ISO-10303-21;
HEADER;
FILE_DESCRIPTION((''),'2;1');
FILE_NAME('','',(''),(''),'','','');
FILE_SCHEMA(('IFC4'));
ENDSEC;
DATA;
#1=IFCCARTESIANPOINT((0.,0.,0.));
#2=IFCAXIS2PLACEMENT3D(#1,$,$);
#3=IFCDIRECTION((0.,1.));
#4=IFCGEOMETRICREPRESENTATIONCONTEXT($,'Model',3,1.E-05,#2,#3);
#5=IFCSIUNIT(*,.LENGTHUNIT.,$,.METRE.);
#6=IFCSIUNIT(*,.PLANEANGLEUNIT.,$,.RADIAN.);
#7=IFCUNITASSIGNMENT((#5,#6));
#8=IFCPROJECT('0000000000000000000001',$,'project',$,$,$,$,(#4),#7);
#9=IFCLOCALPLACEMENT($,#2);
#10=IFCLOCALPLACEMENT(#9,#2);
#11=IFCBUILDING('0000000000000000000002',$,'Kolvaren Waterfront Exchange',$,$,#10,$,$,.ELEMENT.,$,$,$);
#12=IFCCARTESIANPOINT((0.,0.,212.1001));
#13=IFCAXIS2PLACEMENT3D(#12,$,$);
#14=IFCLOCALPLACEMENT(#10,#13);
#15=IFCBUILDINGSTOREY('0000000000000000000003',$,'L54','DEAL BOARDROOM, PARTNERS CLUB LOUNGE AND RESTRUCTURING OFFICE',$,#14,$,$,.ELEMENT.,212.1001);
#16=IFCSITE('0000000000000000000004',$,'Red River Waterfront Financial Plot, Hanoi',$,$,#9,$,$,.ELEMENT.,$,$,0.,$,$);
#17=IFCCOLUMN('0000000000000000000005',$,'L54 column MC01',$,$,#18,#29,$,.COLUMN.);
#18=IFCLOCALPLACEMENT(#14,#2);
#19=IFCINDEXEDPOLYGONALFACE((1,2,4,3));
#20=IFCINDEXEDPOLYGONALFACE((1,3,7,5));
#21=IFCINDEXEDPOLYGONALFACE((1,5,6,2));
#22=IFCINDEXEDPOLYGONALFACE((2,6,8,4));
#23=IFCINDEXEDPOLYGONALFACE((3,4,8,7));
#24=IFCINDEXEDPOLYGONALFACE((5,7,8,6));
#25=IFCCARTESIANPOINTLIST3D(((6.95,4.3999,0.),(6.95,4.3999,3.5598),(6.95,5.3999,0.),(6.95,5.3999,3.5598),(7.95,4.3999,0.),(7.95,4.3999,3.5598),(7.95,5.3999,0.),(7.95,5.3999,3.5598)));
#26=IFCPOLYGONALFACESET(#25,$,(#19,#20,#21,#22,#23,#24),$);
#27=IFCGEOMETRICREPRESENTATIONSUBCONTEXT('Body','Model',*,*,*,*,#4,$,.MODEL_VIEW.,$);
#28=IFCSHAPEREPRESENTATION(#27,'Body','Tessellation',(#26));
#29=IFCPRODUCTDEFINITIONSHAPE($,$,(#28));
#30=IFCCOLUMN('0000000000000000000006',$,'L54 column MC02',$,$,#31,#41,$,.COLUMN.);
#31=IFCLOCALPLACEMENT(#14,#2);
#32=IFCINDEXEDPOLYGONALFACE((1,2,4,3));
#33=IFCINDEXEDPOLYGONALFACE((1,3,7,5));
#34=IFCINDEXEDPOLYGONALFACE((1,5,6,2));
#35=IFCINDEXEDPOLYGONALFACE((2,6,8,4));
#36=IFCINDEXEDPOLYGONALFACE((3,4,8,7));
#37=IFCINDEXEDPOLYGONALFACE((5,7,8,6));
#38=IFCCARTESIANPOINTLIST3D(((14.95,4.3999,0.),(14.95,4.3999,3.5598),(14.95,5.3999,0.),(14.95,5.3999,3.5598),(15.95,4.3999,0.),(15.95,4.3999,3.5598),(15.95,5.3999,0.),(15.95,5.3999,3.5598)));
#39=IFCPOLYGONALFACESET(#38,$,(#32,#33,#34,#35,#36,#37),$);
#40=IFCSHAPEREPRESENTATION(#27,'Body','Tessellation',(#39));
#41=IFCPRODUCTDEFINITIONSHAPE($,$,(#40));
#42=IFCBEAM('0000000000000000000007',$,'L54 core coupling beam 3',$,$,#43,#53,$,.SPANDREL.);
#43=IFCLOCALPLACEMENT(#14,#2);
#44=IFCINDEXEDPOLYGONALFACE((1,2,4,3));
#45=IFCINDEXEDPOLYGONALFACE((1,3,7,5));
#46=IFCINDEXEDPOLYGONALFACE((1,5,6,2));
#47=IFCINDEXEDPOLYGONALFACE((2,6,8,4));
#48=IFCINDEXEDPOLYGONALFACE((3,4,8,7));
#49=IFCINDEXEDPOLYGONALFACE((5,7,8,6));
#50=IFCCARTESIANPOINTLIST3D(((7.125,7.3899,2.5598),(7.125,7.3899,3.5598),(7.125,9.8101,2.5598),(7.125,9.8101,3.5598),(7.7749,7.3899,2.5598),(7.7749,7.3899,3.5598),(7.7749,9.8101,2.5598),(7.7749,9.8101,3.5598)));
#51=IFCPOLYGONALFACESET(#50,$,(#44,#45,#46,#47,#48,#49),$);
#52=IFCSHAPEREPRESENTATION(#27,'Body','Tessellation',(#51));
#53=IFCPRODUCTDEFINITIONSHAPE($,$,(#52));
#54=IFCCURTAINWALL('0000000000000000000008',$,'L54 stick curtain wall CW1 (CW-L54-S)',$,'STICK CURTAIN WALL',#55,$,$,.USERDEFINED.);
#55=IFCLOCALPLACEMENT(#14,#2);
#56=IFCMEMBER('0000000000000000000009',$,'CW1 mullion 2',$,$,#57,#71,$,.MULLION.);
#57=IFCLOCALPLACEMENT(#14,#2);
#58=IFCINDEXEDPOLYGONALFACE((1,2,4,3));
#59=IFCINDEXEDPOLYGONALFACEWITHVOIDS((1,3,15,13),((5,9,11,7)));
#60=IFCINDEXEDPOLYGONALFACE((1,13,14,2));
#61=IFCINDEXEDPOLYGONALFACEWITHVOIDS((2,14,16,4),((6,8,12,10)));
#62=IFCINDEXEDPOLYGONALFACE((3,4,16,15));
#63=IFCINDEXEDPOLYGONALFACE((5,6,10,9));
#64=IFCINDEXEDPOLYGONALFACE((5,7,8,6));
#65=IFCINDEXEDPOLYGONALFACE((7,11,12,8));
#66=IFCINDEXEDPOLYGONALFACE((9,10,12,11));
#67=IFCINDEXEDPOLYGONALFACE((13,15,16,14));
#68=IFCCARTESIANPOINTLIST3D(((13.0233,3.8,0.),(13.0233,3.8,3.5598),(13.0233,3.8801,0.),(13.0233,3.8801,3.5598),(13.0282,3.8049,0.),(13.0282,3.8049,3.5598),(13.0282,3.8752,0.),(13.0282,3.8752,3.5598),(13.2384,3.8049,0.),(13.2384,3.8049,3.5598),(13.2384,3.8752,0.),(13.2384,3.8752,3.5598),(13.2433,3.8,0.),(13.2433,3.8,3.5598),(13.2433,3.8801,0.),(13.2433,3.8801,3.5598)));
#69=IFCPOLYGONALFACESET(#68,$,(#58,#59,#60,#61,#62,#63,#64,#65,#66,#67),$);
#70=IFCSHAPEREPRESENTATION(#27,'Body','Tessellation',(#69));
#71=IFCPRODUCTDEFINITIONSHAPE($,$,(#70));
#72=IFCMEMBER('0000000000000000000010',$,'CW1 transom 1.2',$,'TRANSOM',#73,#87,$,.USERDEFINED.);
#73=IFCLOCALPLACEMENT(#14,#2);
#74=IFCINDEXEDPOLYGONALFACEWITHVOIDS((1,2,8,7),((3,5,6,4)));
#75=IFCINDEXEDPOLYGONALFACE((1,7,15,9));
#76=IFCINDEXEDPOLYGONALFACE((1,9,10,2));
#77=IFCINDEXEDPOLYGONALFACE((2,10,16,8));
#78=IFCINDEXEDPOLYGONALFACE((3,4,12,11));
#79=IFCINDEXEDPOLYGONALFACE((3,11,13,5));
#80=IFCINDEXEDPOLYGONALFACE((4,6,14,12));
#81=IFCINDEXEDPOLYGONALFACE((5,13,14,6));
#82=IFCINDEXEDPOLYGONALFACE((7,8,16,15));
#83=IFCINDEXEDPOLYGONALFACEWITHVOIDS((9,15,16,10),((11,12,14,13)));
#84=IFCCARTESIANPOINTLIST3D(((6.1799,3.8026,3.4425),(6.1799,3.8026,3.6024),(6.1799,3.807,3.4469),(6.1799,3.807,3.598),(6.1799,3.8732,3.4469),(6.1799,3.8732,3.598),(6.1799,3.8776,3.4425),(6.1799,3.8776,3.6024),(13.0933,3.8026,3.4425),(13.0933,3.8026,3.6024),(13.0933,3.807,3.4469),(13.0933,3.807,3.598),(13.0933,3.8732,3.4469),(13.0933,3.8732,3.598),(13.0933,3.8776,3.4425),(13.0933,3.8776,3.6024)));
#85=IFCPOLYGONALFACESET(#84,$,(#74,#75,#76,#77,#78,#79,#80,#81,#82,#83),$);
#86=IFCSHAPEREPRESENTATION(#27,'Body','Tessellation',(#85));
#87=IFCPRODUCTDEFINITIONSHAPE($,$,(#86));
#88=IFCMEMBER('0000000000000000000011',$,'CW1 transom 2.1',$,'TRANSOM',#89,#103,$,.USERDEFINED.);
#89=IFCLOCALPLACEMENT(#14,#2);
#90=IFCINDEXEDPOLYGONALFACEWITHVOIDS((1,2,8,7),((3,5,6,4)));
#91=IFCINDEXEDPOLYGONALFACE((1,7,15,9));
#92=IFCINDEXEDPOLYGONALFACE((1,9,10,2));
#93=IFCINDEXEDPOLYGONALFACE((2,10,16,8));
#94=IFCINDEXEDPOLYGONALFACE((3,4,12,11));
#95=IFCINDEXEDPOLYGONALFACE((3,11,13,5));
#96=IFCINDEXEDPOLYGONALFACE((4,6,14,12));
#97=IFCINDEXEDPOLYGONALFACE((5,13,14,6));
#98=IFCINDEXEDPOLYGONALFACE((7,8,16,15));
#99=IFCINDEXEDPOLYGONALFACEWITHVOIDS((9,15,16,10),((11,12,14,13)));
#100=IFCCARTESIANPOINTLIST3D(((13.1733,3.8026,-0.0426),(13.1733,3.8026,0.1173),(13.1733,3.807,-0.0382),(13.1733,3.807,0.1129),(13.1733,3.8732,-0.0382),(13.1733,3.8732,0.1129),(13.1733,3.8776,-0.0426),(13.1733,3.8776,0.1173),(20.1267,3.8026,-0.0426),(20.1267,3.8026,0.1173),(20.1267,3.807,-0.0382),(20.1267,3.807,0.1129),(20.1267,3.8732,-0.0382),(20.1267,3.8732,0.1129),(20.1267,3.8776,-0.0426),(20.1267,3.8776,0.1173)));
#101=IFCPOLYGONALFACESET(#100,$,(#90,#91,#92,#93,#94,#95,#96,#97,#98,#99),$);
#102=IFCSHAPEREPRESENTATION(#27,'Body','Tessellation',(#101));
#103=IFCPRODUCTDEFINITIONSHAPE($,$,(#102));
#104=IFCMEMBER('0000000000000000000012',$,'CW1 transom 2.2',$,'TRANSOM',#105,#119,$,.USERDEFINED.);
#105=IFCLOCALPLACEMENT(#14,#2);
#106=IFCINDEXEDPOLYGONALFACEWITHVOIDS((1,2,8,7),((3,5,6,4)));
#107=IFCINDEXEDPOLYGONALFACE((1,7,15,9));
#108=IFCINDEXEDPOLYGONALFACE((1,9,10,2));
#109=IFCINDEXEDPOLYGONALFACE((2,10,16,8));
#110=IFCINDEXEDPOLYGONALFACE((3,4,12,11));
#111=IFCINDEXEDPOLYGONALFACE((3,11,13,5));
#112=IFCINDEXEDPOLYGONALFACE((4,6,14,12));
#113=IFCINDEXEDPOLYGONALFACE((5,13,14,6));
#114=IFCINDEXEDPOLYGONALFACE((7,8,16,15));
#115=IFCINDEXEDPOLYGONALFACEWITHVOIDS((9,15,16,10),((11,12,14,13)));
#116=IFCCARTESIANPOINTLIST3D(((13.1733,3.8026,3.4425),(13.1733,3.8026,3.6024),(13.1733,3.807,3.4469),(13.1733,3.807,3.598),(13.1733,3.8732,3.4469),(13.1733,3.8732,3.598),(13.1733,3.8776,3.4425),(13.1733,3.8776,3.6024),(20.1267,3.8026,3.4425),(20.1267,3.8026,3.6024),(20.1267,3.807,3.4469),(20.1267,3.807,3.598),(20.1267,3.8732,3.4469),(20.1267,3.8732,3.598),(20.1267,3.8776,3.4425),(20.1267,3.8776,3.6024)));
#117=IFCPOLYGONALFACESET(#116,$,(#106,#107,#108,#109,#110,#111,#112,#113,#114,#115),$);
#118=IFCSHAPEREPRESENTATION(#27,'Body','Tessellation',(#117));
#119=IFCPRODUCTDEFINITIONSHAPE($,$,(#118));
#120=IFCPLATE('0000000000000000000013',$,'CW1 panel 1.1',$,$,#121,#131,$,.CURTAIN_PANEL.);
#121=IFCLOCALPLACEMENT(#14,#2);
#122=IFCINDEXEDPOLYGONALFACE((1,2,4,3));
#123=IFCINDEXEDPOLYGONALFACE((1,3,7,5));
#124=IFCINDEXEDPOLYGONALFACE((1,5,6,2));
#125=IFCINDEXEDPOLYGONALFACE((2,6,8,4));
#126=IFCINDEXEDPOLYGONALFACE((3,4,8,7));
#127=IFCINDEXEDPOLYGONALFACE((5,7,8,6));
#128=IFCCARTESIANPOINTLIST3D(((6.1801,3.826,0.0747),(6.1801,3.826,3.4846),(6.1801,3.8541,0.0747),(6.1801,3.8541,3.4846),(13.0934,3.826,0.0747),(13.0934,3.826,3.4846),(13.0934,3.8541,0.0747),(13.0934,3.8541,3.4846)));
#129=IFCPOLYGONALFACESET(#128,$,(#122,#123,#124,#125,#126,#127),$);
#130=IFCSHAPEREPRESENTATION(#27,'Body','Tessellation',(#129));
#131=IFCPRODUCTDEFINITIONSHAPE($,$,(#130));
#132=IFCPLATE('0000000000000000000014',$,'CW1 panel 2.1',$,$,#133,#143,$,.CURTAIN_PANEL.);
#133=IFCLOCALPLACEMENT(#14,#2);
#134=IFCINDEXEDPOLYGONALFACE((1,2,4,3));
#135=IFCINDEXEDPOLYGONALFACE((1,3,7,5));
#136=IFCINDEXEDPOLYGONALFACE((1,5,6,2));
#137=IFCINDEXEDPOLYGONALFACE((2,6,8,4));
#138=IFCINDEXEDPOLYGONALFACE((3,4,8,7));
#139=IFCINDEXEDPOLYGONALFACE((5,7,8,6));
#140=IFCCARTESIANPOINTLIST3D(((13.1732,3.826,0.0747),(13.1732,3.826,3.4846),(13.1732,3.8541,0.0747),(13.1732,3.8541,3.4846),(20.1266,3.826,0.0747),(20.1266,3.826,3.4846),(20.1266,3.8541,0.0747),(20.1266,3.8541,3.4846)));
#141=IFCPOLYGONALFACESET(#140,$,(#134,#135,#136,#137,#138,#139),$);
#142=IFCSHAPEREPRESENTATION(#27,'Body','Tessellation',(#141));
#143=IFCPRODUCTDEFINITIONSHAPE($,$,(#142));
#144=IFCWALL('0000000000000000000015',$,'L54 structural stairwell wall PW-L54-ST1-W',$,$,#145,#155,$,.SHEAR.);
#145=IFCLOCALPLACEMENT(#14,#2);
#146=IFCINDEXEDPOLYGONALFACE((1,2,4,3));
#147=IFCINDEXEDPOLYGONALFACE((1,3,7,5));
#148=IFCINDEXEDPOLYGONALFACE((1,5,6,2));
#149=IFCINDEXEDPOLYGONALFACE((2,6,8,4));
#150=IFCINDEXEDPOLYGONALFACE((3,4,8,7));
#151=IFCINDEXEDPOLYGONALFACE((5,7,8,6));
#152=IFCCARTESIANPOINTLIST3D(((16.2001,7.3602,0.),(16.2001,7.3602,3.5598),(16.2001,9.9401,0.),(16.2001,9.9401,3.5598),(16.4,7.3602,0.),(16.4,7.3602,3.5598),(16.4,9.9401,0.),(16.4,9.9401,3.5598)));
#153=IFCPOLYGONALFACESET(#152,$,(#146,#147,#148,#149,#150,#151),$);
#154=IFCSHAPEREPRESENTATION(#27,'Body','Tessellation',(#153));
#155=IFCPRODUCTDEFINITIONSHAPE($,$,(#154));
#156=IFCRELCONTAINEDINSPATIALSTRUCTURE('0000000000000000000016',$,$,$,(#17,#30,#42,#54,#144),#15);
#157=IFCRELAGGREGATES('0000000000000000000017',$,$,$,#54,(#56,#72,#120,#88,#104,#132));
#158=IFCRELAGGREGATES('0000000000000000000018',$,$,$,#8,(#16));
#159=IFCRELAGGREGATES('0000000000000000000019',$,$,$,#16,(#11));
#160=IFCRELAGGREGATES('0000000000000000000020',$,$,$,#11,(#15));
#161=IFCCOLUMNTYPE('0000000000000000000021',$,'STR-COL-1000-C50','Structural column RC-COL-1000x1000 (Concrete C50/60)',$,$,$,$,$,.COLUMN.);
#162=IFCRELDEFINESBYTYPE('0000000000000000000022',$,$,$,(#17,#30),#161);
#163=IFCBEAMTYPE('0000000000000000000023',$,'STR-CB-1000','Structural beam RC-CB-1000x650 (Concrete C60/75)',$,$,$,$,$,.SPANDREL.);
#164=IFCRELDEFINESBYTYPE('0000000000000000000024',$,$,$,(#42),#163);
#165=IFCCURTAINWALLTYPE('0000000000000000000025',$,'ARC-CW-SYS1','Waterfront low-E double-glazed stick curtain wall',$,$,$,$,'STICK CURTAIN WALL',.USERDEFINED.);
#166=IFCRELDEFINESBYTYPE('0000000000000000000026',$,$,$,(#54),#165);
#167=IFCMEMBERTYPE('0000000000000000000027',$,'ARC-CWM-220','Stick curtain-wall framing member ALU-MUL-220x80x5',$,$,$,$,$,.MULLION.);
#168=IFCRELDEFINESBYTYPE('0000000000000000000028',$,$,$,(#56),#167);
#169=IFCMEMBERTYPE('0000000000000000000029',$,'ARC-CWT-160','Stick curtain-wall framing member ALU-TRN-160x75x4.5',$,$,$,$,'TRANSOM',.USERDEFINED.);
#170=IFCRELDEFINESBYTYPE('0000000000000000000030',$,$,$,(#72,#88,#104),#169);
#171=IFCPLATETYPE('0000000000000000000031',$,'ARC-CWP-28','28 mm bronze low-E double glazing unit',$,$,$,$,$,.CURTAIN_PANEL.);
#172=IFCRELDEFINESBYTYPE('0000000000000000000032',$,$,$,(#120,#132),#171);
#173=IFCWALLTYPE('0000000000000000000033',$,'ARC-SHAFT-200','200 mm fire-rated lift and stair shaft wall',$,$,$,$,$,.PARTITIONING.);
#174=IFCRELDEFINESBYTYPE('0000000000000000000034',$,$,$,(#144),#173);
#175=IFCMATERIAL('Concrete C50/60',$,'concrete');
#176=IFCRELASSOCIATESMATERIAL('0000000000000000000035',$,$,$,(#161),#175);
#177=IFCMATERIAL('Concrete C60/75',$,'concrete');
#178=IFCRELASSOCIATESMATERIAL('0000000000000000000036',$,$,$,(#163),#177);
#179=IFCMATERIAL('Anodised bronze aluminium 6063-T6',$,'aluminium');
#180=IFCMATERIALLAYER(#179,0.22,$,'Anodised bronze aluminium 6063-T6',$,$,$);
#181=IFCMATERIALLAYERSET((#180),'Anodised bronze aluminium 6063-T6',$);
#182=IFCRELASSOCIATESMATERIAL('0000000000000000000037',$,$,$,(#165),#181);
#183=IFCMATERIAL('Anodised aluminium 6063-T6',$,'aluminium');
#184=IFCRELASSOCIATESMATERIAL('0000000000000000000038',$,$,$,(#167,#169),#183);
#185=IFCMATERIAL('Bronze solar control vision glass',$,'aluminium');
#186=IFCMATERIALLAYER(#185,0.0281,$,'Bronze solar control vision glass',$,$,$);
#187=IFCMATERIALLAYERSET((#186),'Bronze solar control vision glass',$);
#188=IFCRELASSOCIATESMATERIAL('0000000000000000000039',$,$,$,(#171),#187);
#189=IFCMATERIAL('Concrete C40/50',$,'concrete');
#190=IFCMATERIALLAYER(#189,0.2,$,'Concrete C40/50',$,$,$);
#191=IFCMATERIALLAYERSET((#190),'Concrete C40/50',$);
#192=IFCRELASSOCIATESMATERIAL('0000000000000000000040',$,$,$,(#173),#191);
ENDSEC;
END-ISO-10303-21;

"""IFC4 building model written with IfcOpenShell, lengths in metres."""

from ifc_helpers import new_model, si_unit, direction, frame, frame_2d, origin, origin_with_axes, origin_2d, place, context, subcontext, project, spatial, rectangle, hollow_rectangle, extrude, source, transform, mapped, material, layer, layer_set, material_profile, profile_set, type_object, element, aggregate, save


model = new_model("IFC4")

# Units and contexts
model_context = context("Model", 3, precision=1e-05, world=origin(), true_north=direction((0.0, 1.0)))
body_context = subcontext(model_context, "Body", "Model", "MODEL_VIEW")
ifc_project = project(units=[si_unit("LENGTHUNIT", "METRE"), si_unit("PLANEANGLEUNIT", "RADIAN")], contexts=[model_context])

# Site, building, storey
site_placement = place(None, origin())
site = spatial("IfcSite", under=ifc_project, at=site_placement, Name="Red River Waterfront Financial Plot, Hanoi", CompositionType="ELEMENT", RefElevation=0.0)
building_placement = place(site_placement, origin())
building = spatial("IfcBuilding", under=site, at=building_placement, Name="Kolvaren Waterfront Exchange", CompositionType="ELEMENT")
storey_placement = place(building_placement, frame((0.0, 0.0, 212.1001)))
storey = spatial("IfcBuildingStorey", under=building, at=storey_placement, Name="L54", Description="DEAL BOARDROOM, PARTNERS CLUB LOUNGE AND RESTRUCTURING OFFICE", CompositionType="ELEMENT", Elevation=212.1001)

# Columns
ifc_material_1 = material(Name="Concrete C50/60", Category="concrete")
ifc_material_profile_1 = material_profile(ifc_material_1, rectangle(XDim=1.0, YDim=1.0, at=origin_2d()), Name="RC-COL-1000x1000")
ifc_profile_set_1 = profile_set([ifc_material_profile_1], Name="Concrete C50/60")
column_type = type_object("IfcColumnType", Name="STR-COL-1000-C50", Description="Structural column RC-COL-1000x1000 (Concrete C50/60)", PredefinedType="COLUMN", material=ifc_profile_set_1)
for number, where, z_axis, x_axis, name in (
    (1, (7.45, 4.8999, 0.0), (0.0, 0.0, 1.0), (1.0, 0.0, 0.0), "L54 column MC01"),
    (2, (15.45, 4.8999, 0.0), (0.0, 0.0, 1.0), (1.0, 0.0, 0.0), "L54 column MC02"),
):
    element("IfcColumn", number, at=place(storey_placement, frame(where, z_axis=z_axis, x_axis=x_axis)), inside=storey, type_object=column_type, Name=name, PredefinedType="COLUMN", context=body_context, shape_type="SweptSolid", body=[
        extrude(rectangle(XDim=1.0, YDim=1.0, at=origin_2d()), origin(), (0.0, 0.0, 1.0), 3.5598),
    ])

# Beam
ifc_material_2 = material(Name="Concrete C60/75", Category="concrete")
ifc_material_profile_2 = material_profile(ifc_material_2, rectangle(XDim=0.6499, YDim=1.0, at=origin_2d()), Name="RC-CB-1000x650")
ifc_profile_set_2 = profile_set([ifc_material_profile_2], Name="Concrete C60/75")
beam_type = type_object("IfcBeamType", Name="STR-CB-1000", Description="Structural beam RC-CB-1000x650 (Concrete C60/75)", PredefinedType="SPANDREL", material=ifc_profile_set_2)
beam_placement = place(storey_placement, frame((7.45, 7.3899, 3.0598), z_axis=(0.0, 1.0, 0.0), x_axis=(-1.0, 0.0, 0.0)))
element("IfcBeam", 3, at=beam_placement, inside=storey, type_object=beam_type, Name="L54 core coupling beam 3", PredefinedType="SPANDREL", context=body_context, shape_type="SweptSolid", body=[
    extrude(rectangle(XDim=0.6499, YDim=1.0, at=origin_2d()), origin(), (0.0, 0.0, 1.0), 2.4202),
])

# Curtain wall, members, plates
ifc_material_3 = material(Name="Anodised bronze aluminium 6063-T6", Category="aluminium")
ifc_layer_1 = layer(ifc_material_3, 0.22, Name="Anodised bronze aluminium 6063-T6")
ifc_layer_set_1 = layer_set([ifc_layer_1], Name="Anodised bronze aluminium 6063-T6")
curtain_wall_type = type_object("IfcCurtainWallType", Name="ARC-CW-SYS1", Description="Waterfront low-E double-glazed stick curtain wall", ElementType="STICK CURTAIN WALL", PredefinedType="USERDEFINED", material=ifc_layer_set_1)
curtain_wall_placement = place(storey_placement, origin())
curtain_wall = element("IfcCurtainWall", 4, at=curtain_wall_placement, inside=storey, type_object=curtain_wall_type, Name="L54 stick curtain wall CW1 (CW-L54-S)", ObjectType="STICK CURTAIN WALL", PredefinedType="USERDEFINED")
ifc_material_4 = material(Name="Anodised aluminium 6063-T6", Category="aluminium")
ifc_material_profile_3 = material_profile(ifc_material_4, hollow_rectangle(XDim=0.0801, YDim=0.22, WallThickness=0.0049, at=origin_2d()), Name="ALU-MUL-220x80x5")
ifc_profile_set_3 = profile_set([ifc_material_profile_3], Name="Anodised aluminium 6063-T6")
member_type_1 = type_object("IfcMemberType", Name="ARC-CWM-220", Description="Stick curtain-wall framing member ALU-MUL-220x80x5", PredefinedType="MULLION", material=ifc_profile_set_3)
shared_shape_1 = source(origin_with_axes(), body_context, "Body", "SweptSolid", [
    extrude(hollow_rectangle(XDim=0.0801, YDim=0.22, WallThickness=0.0049, at=origin_2d()), origin(), (0.0, 0.0, 1.0), 3.5598),
])
member_1_placement = place(storey_placement, frame((13.1333, 3.8401, 0.0), z_axis=(0.0, 0.0, 1.0), x_axis=(0.0, 1.0, 0.0)))
member_1 = element("IfcMember", 5, at=member_1_placement, type_object=member_type_1, Name="CW1 mullion 2", PredefinedType="MULLION", context=body_context, shape_type="MappedRepresentation", body=[
    mapped(shared_shape_1, transform((0.0, 0.0, 0.0), x_axis=(1.0, 0.0, 0.0), y_axis=(0.0, 1.0, 0.0), z_axis=(0.0, 0.0, 1.0), scale=1.0)),
])
ifc_material_profile_4 = material_profile(ifc_material_4, hollow_rectangle(XDim=0.075, YDim=0.1599, WallThickness=0.0044, at=origin_2d()), Name="ALU-TRN-160x75x4.5")
ifc_profile_set_4 = profile_set([ifc_material_profile_4], Name="Anodised aluminium 6063-T6")
member_type_2 = type_object("IfcMemberType", Name="ARC-CWT-160", Description="Stick curtain-wall framing member ALU-TRN-160x75x4.5", ElementType="TRANSOM", PredefinedType="USERDEFINED", material=ifc_profile_set_4)
shared_shape_2 = source(origin_with_axes(), body_context, "Body", "SweptSolid", [
    extrude(hollow_rectangle(XDim=0.075, YDim=0.1599, WallThickness=0.0044, at=origin_2d()), origin(), (0.0, 0.0, 1.0), 6.9133),
])
member_2_placement = place(storey_placement, frame((6.1799, 3.8401, 3.5225), z_axis=(1.0, 0.0, 0.0), x_axis=(0.0, 1.0, 0.0)))
member_2 = element("IfcMember", 6, at=member_2_placement, type_object=member_type_2, Name="CW1 transom 1.2", ObjectType="TRANSOM", PredefinedType="USERDEFINED", context=body_context, shape_type="MappedRepresentation", body=[
    mapped(shared_shape_2, transform((0.0, 0.0, 0.0), x_axis=(1.0, 0.0, 0.0), y_axis=(0.0, 1.0, 0.0), z_axis=(0.0, 0.0, 1.0), scale=1.0)),
])
shared_shape_3 = source(origin_with_axes(), body_context, "Body", "SweptSolid", [
    extrude(hollow_rectangle(XDim=0.075, YDim=0.1599, WallThickness=0.0044, at=origin_2d()), origin(), (0.0, 0.0, 1.0), 6.9534),
])
member_3_placement = place(storey_placement, frame((13.1733, 3.8401, 0.0374), z_axis=(1.0, 0.0, 0.0), x_axis=(0.0, 1.0, 0.0)))
member_3 = element("IfcMember", 7, at=member_3_placement, type_object=member_type_2, Name="CW1 transom 2.1", ObjectType="TRANSOM", PredefinedType="USERDEFINED", context=body_context, shape_type="MappedRepresentation", body=[
    mapped(shared_shape_3, transform((0.0, 0.0, 0.0), x_axis=(1.0, 0.0, 0.0), y_axis=(0.0, 1.0, 0.0), z_axis=(0.0, 0.0, 1.0), scale=1.0)),
])
member_4_placement = place(storey_placement, frame((13.1733, 3.8401, 3.5225), z_axis=(1.0, 0.0, 0.0), x_axis=(0.0, 1.0, 0.0)))
member_4 = element("IfcMember", 8, at=member_4_placement, type_object=member_type_2, Name="CW1 transom 2.2", ObjectType="TRANSOM", PredefinedType="USERDEFINED", context=body_context, shape_type="MappedRepresentation", body=[
    mapped(shared_shape_3, transform((0.0, 0.0, 0.0), x_axis=(1.0, 0.0, 0.0), y_axis=(0.0, 1.0, 0.0), z_axis=(0.0, 0.0, 1.0), scale=1.0)),
])
ifc_material_5 = material(Name="Bronze solar control vision glass", Category="aluminium")
ifc_layer_2 = layer(ifc_material_5, 0.0281, Name="Bronze solar control vision glass")
ifc_layer_set_2 = layer_set([ifc_layer_2], Name="Bronze solar control vision glass")
plate_type = type_object("IfcPlateType", Name="ARC-CWP-28", Description="28 mm bronze low-E double glazing unit", PredefinedType="CURTAIN_PANEL", material=ifc_layer_set_2)
shared_shape_4 = source(origin_with_axes(), body_context, "Body", "SweptSolid", [
    extrude(rectangle(XDim=6.9133, YDim=0.0281, at=origin_2d()), origin(), (0.0, 0.0, 1.0), 3.4099),
])
plate_1_placement = place(storey_placement, frame((9.6367, 3.8401, 0.0747), z_axis=(0.0, 0.0, 1.0), x_axis=(1.0, 0.0, 0.0)))
plate_1 = element("IfcPlate", 9, at=plate_1_placement, type_object=plate_type, Name="CW1 panel 1.1", PredefinedType="CURTAIN_PANEL", context=body_context, shape_type="MappedRepresentation", body=[
    mapped(shared_shape_4, transform((0.0, 0.0, 0.0), x_axis=(1.0, 0.0, 0.0), y_axis=(0.0, 1.0, 0.0), z_axis=(0.0, 0.0, 1.0), scale=1.0)),
])
shared_shape_5 = source(origin_with_axes(), body_context, "Body", "SweptSolid", [
    extrude(rectangle(XDim=6.9534, YDim=0.0281, at=origin_2d()), origin(), (0.0, 0.0, 1.0), 3.4099),
])
plate_2_placement = place(storey_placement, frame((16.6499, 3.8401, 0.0747), z_axis=(0.0, 0.0, 1.0), x_axis=(1.0, 0.0, 0.0)))
plate_2 = element("IfcPlate", 10, at=plate_2_placement, type_object=plate_type, Name="CW1 panel 2.1", PredefinedType="CURTAIN_PANEL", context=body_context, shape_type="MappedRepresentation", body=[
    mapped(shared_shape_5, transform((0.0, 0.0, 0.0), x_axis=(1.0, 0.0, 0.0), y_axis=(0.0, 1.0, 0.0), z_axis=(0.0, 0.0, 1.0), scale=1.0)),
])
aggregate(curtain_wall, [member_1, member_2, plate_1, member_3, member_4, plate_2])

# Wall
ifc_material_6 = material(Name="Concrete C40/50", Category="concrete")
ifc_layer_3 = layer(ifc_material_6, 0.2, Name="Concrete C40/50")
ifc_layer_set_3 = layer_set([ifc_layer_3], Name="Concrete C40/50")
wall_type_1 = type_object("IfcWallType", Name="ARC-SHAFT-200", Description="200 mm fire-rated lift and stair shaft wall", PredefinedType="PARTITIONING", material=ifc_layer_set_3)
wall_1_placement = place(storey_placement, frame((16.3, 7.3601, 0.0), z_axis=(0.0, 0.0, 1.0), x_axis=(0.0, 1.0, 0.0)))
element("IfcWall", 11, at=wall_1_placement, inside=storey, type_object=wall_type_1, Name="L54 structural stairwell wall PW-L54-ST1-W", PredefinedType="SHEAR", context=body_context, shape_type="SweptSolid", body=[
    extrude(rectangle(XDim=2.5798, YDim=0.2, at=frame_2d((1.29, 0.0))), origin(), (0.0, 0.0, 1.0), 3.5598),
])

save(model, "model.ifc")
